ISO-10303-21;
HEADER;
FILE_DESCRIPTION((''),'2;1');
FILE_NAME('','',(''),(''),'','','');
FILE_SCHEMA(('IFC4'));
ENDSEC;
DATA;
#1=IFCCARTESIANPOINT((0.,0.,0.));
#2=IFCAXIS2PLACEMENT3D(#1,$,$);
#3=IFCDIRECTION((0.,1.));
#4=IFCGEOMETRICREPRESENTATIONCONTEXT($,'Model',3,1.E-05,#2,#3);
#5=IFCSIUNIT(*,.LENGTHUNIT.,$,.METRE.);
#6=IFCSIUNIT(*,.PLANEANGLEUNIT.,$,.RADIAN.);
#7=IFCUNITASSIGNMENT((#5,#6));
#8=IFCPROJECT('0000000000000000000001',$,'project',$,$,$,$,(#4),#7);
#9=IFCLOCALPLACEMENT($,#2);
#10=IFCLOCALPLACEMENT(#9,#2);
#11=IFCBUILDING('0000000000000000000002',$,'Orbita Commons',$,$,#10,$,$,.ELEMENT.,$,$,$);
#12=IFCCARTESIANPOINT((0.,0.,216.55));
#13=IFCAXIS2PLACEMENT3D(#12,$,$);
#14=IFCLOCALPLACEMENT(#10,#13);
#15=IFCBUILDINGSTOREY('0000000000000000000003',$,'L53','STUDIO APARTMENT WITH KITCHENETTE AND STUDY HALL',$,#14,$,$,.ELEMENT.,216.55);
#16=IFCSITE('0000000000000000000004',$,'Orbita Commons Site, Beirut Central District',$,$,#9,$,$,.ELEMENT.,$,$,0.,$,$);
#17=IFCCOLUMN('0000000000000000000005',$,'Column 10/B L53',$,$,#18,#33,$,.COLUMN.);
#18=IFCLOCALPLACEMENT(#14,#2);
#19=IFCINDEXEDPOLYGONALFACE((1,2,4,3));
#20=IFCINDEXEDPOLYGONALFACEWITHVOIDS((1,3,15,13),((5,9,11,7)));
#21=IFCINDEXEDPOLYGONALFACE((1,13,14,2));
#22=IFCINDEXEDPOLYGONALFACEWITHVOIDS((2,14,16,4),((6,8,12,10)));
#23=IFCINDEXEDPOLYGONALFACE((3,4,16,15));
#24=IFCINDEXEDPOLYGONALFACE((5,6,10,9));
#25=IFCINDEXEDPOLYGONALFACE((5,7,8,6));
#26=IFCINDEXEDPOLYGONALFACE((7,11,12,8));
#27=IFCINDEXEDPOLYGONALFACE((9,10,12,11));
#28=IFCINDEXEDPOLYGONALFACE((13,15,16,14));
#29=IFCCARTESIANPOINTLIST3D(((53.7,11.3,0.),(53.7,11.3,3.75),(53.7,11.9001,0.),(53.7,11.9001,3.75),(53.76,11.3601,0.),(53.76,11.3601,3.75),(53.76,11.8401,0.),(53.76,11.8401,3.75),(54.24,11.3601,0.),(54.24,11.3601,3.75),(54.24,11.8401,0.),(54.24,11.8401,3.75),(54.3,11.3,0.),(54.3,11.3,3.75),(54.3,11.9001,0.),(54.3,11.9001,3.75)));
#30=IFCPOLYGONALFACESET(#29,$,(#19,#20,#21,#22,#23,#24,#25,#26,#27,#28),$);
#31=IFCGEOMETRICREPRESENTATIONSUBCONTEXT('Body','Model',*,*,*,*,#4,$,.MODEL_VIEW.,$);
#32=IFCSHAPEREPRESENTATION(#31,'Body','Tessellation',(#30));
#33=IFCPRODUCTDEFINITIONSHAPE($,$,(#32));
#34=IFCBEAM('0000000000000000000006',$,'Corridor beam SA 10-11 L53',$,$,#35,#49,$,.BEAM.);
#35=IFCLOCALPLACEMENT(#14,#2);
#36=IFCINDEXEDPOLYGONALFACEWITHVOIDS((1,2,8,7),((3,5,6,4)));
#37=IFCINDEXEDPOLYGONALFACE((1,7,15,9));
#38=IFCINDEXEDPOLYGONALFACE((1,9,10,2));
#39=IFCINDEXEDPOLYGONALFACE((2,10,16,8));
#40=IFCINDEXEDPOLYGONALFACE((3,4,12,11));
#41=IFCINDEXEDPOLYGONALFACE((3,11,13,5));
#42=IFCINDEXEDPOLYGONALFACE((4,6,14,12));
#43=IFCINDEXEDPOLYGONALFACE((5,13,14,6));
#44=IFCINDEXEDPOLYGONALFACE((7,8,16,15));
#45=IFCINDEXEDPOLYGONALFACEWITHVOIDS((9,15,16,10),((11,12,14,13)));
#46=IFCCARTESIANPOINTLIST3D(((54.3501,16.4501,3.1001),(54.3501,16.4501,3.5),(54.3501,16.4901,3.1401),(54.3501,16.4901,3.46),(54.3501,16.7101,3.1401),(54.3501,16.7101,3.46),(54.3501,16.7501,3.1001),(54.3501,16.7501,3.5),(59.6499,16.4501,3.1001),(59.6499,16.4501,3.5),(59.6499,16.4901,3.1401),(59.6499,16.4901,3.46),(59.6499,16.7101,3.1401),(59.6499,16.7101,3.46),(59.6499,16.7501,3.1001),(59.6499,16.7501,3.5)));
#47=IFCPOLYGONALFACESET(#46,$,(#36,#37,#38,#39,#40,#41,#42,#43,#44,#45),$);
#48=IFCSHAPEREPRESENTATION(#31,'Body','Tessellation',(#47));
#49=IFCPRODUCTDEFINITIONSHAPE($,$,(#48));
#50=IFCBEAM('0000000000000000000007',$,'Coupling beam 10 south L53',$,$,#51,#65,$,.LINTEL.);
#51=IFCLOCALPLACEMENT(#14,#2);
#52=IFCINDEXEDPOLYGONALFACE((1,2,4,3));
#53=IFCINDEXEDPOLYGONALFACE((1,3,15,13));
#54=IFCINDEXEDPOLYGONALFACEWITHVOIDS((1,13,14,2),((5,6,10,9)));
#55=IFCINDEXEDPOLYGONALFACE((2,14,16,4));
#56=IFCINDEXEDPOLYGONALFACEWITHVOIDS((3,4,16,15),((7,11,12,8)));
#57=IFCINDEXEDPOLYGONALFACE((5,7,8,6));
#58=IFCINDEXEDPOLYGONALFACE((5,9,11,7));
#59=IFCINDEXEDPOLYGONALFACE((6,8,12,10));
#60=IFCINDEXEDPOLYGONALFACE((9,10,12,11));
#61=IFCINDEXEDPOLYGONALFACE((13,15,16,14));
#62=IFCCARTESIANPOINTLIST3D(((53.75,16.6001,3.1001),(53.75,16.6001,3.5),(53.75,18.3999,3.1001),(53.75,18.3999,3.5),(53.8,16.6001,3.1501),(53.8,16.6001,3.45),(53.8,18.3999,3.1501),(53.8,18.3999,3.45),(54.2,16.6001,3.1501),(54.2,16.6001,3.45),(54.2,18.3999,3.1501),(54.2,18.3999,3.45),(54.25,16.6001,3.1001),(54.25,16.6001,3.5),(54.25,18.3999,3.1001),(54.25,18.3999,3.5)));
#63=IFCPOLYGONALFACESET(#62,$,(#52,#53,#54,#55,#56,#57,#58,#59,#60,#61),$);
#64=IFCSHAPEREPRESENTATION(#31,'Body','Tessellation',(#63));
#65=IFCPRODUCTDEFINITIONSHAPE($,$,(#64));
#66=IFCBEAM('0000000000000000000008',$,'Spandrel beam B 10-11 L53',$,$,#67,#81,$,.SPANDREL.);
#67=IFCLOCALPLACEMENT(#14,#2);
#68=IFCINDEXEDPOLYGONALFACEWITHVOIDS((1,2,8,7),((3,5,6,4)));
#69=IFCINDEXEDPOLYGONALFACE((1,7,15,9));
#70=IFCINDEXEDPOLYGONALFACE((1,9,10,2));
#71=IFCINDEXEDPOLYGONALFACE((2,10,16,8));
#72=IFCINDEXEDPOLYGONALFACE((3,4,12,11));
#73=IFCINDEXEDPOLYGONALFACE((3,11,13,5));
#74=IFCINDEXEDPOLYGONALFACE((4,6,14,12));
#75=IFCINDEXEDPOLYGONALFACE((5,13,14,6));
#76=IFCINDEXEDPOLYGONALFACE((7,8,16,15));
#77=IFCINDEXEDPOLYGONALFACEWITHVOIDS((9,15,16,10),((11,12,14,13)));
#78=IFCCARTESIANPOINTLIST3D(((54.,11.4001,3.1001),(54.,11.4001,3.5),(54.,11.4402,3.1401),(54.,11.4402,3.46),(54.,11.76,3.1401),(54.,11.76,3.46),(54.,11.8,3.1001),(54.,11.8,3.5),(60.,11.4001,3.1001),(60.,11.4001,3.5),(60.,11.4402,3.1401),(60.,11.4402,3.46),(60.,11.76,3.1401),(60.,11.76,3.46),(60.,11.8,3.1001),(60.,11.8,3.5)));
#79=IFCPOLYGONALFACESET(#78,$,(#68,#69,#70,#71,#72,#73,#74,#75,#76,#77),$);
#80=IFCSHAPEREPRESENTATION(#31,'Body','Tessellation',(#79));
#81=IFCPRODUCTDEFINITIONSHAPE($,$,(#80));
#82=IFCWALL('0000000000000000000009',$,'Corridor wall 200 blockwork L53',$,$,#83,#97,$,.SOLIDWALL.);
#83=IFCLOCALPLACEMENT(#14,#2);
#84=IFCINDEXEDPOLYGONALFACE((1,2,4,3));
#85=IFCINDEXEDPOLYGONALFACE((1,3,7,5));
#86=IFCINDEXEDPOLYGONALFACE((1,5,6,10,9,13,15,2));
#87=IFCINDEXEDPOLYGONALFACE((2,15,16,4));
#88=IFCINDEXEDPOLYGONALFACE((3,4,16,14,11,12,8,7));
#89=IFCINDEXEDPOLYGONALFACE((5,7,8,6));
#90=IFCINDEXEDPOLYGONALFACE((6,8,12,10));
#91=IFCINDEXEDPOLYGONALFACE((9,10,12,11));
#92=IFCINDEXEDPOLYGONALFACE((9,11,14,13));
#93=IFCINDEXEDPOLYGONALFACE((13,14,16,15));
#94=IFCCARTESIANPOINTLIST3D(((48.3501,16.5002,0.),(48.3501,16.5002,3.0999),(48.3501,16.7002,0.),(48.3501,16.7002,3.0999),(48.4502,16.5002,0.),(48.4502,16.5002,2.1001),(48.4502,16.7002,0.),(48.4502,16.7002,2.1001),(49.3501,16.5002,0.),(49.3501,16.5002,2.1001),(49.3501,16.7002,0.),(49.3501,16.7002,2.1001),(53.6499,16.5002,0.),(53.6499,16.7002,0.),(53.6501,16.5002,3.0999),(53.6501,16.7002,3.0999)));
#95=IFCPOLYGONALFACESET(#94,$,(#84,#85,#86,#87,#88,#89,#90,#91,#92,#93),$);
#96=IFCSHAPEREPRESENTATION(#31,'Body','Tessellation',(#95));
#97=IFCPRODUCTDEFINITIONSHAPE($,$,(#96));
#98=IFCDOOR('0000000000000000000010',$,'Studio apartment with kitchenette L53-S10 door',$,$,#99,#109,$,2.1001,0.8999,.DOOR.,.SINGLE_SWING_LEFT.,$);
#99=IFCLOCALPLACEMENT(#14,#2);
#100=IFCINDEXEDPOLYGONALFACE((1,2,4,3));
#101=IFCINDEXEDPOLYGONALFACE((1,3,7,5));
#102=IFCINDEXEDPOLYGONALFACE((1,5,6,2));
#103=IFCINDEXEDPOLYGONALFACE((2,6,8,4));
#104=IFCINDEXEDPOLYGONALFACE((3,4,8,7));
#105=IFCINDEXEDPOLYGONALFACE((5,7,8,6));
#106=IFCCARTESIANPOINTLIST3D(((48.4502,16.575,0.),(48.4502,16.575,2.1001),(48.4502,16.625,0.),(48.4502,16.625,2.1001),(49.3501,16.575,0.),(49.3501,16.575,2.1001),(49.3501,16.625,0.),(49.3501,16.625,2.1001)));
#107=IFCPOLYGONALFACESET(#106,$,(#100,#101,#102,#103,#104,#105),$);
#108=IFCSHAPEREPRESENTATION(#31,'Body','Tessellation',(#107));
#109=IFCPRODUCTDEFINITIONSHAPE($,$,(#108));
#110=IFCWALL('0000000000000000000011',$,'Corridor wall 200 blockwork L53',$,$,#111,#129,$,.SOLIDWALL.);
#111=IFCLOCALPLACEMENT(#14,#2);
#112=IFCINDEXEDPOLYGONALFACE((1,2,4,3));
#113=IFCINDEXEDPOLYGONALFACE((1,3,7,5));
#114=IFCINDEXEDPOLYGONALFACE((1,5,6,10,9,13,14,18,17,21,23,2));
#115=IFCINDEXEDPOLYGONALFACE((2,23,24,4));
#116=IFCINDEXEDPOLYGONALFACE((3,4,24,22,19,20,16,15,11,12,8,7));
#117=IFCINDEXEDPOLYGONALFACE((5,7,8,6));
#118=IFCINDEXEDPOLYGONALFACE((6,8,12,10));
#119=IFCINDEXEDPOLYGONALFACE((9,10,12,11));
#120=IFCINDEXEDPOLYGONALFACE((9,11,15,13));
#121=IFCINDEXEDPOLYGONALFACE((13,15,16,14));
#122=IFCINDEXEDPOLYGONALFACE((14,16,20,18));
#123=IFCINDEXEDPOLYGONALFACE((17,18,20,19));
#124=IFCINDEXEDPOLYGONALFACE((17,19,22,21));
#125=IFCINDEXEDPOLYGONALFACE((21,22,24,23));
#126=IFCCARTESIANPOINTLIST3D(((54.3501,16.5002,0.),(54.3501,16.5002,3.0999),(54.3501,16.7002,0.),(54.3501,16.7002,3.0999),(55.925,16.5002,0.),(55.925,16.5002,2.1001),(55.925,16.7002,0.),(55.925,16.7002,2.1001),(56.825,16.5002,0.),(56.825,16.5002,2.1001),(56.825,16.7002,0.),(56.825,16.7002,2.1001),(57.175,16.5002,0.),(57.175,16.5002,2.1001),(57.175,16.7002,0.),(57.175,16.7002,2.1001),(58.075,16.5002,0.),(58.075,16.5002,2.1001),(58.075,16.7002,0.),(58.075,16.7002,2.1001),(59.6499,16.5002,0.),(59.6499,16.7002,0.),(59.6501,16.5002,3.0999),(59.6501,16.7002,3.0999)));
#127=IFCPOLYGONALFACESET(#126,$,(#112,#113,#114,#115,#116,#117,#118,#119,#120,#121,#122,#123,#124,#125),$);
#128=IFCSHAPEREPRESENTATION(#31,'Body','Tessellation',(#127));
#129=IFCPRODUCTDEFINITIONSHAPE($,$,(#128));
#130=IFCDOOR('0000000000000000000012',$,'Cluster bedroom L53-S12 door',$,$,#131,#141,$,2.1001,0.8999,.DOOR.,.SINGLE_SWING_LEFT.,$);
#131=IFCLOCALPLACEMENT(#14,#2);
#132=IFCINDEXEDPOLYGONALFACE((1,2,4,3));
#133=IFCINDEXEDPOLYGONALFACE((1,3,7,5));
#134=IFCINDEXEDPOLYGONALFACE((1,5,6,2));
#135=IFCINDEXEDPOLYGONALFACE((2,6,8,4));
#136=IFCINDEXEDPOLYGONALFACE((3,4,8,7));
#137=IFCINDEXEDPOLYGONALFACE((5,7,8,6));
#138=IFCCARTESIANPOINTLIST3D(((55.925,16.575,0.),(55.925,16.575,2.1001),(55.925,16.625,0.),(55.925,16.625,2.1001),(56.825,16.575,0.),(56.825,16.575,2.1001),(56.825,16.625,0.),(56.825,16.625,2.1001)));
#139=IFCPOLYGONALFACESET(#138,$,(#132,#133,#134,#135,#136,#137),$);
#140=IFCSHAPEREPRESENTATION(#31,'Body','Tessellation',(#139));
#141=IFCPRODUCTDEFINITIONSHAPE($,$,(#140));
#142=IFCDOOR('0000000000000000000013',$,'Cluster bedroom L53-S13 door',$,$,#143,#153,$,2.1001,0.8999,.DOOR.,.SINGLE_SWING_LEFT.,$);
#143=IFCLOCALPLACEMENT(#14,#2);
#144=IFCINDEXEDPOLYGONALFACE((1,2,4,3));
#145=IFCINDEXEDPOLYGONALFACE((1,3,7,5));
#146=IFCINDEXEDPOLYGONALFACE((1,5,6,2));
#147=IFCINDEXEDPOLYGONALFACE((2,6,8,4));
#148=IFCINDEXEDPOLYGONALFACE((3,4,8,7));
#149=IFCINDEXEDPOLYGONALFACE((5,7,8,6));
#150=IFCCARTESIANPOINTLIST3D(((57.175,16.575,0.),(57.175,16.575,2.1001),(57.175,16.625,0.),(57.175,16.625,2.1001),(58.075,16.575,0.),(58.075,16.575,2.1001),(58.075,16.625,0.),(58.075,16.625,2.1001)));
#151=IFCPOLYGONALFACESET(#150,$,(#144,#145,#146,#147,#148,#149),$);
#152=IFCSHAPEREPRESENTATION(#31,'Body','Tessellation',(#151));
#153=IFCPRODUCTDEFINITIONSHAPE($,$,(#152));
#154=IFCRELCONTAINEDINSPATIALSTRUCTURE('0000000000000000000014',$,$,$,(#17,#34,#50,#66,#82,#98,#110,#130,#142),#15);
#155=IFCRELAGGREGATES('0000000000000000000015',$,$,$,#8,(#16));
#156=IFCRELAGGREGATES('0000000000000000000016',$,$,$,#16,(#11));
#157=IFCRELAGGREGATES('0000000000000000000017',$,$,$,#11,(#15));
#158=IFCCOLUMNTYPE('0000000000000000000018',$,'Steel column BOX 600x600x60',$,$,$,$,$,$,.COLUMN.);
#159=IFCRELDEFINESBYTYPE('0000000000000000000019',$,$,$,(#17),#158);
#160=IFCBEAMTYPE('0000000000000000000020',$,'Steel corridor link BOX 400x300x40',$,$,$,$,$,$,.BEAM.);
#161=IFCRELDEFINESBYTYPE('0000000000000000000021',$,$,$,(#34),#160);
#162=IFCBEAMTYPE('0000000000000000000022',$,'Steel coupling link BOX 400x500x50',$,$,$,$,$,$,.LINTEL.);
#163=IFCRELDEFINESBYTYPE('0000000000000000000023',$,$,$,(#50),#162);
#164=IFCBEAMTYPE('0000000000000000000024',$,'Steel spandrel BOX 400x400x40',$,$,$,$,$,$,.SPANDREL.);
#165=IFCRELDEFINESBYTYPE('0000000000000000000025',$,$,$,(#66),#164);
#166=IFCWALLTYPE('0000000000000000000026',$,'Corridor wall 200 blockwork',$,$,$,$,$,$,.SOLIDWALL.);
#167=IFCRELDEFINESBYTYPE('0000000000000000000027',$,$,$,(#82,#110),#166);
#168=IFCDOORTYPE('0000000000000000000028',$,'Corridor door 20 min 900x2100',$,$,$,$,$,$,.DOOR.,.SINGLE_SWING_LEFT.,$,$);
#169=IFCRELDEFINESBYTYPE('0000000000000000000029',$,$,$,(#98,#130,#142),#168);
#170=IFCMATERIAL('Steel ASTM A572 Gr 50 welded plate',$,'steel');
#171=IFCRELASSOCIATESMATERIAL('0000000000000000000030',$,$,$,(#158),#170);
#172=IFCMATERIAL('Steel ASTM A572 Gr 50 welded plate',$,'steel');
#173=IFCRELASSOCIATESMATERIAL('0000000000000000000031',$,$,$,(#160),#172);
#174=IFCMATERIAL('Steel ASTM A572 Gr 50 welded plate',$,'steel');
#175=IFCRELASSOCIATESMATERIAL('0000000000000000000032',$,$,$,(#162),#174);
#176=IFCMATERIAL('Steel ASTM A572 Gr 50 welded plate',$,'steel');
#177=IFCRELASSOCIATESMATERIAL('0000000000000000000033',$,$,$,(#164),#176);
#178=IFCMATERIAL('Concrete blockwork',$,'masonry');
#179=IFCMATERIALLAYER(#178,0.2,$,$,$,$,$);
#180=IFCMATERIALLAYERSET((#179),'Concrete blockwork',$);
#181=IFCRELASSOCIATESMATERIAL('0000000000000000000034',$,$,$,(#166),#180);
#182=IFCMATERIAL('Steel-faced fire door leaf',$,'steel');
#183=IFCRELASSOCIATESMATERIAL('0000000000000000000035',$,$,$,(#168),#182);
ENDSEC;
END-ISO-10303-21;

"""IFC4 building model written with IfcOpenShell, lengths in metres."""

from ifc_helpers import new_model, si_unit, direction, frame, frame_2d, origin, origin_2d, place, context, subcontext, project, spatial, polyline, rectangle, hollow_rectangle, outline, extrude, material, layer, layer_set, material_profile, profile_set, type_object, element, fill, save


model = new_model("IFC4")

# Units and contexts
model_context = context("Model", 3, precision=1e-05, world=origin(), true_north=direction((0.0, 1.0)))
body_context = subcontext(model_context, "Body", "Model", "MODEL_VIEW")
ifc_project = project(units=[si_unit("LENGTHUNIT", "METRE"), si_unit("PLANEANGLEUNIT", "RADIAN")], contexts=[model_context])

# Site, building, storey
site_placement = place(None, origin())
site = spatial("IfcSite", under=ifc_project, at=site_placement, Name="Orbita Commons Site, Beirut Central District", CompositionType="ELEMENT", RefElevation=0.0)
building_placement = place(site_placement, origin())
building = spatial("IfcBuilding", under=site, at=building_placement, Name="Orbita Commons", CompositionType="ELEMENT")
storey_placement = place(building_placement, frame((0.0, 0.0, 216.55)))
storey = spatial("IfcBuildingStorey", under=building, at=storey_placement, Name="L53", Description="STUDIO APARTMENT WITH KITCHENETTE AND STUDY HALL", CompositionType="ELEMENT", Elevation=216.55)

# Column
ifc_material_1 = material(Name="Steel ASTM A572 Gr 50 welded plate", Category="steel")
ifc_material_profile_1 = material_profile(ifc_material_1, hollow_rectangle(XDim=0.6001, YDim=0.6001, WallThickness=0.0601, at=origin_2d()), Name="BOX 600x600x60")
ifc_profile_set_1 = profile_set([ifc_material_profile_1], Name="Steel ASTM A572 Gr 50 welded plate")
column_type = type_object("IfcColumnType", Name="Steel column BOX 600x600x60", PredefinedType="COLUMN", material=ifc_profile_set_1)
column_placement = place(storey_placement, frame((54.0, 11.6001, 0.0), z_axis=(0.0, 0.0, 1.0), x_axis=(1.0, 0.0, 0.0)))
element("IfcColumn", 1, at=column_placement, inside=storey, type_object=column_type, Name="Column 10/B L53", PredefinedType="COLUMN", context=body_context, shape_type="SweptSolid", body=[
    extrude(hollow_rectangle(XDim=0.6001, YDim=0.6001, WallThickness=0.0601, at=origin_2d()), origin(), (0.0, 0.0, 1.0), 3.75),
])

# Beams
ifc_material_2 = material(Name="Steel ASTM A572 Gr 50 welded plate", Category="steel")
ifc_material_profile_2 = material_profile(ifc_material_2, hollow_rectangle(XDim=0.3, YDim=0.3999, WallThickness=0.04, at=origin_2d()), Name="BOX 400x300x40")
ifc_profile_set_2 = profile_set([ifc_material_profile_2], Name="Steel ASTM A572 Gr 50 welded plate")
beam_type_1 = type_object("IfcBeamType", Name="Steel corridor link BOX 400x300x40", PredefinedType="BEAM", material=ifc_profile_set_2)
beam_1_placement = place(storey_placement, frame((54.3501, 16.6001, 3.3), z_axis=(1.0, 0.0, 0.0), x_axis=(0.0, 1.0, 0.0)))
element("IfcBeam", 2, at=beam_1_placement, inside=storey, type_object=beam_type_1, Name="Corridor beam SA 10-11 L53", PredefinedType="BEAM", context=body_context, shape_type="SweptSolid", body=[
    extrude(hollow_rectangle(XDim=0.3, YDim=0.3999, WallThickness=0.04, at=origin_2d()), origin(), (0.0, 0.0, 1.0), 5.2998),
])
ifc_material_3 = material(Name="Steel ASTM A572 Gr 50 welded plate", Category="steel")
ifc_material_profile_3 = material_profile(ifc_material_3, hollow_rectangle(XDim=0.5, YDim=0.3999, WallThickness=0.05, at=origin_2d()), Name="BOX 400x500x50")
ifc_profile_set_3 = profile_set([ifc_material_profile_3], Name="Steel ASTM A572 Gr 50 welded plate")
beam_type_2 = type_object("IfcBeamType", Name="Steel coupling link BOX 400x500x50", PredefinedType="LINTEL", material=ifc_profile_set_3)
beam_2_placement = place(storey_placement, frame((54.0, 16.6001, 3.3), z_axis=(0.0, 1.0, 0.0), x_axis=(-1.0, 0.0, 0.0)))
element("IfcBeam", 3, at=beam_2_placement, inside=storey, type_object=beam_type_2, Name="Coupling beam 10 south L53", PredefinedType="LINTEL", context=body_context, shape_type="SweptSolid", body=[
    extrude(hollow_rectangle(XDim=0.5, YDim=0.3999, WallThickness=0.05, at=origin_2d()), origin(), (0.0, 0.0, 1.0), 1.7998),
])
ifc_material_4 = material(Name="Steel ASTM A572 Gr 50 welded plate", Category="steel")
ifc_material_profile_4 = material_profile(ifc_material_4, hollow_rectangle(XDim=0.3999, YDim=0.3999, WallThickness=0.04, at=origin_2d()), Name="BOX 400x400x40")
ifc_profile_set_4 = profile_set([ifc_material_profile_4], Name="Steel ASTM A572 Gr 50 welded plate")
beam_type_3 = type_object("IfcBeamType", Name="Steel spandrel BOX 400x400x40", PredefinedType="SPANDREL", material=ifc_profile_set_4)
beam_3_placement = place(storey_placement, frame((54.0, 11.6001, 3.3), z_axis=(1.0, 0.0, 0.0), x_axis=(0.0, 1.0, 0.0)))
element("IfcBeam", 4, at=beam_3_placement, inside=storey, type_object=beam_type_3, Name="Spandrel beam B 10-11 L53", PredefinedType="SPANDREL", context=body_context, shape_type="SweptSolid", body=[
    extrude(hollow_rectangle(XDim=0.3999, YDim=0.3999, WallThickness=0.04, at=origin_2d()), origin(), (0.0, 0.0, 1.0), 6.0),
])

# Wall, opening, door
ifc_material_5 = material(Name="Concrete blockwork", Category="masonry")
ifc_layer_1 = layer(ifc_material_5, 0.2)
ifc_layer_set_1 = layer_set([ifc_layer_1], Name="Concrete blockwork")
wall_type_1 = type_object("IfcWallType", Name="Corridor wall 200 blockwork", PredefinedType="SOLIDWALL", material=ifc_layer_set_1)
wall_1_placement = place(storey_placement, frame((48.3501, 16.6001, 0.0), z_axis=(0.0, 0.0, 1.0), x_axis=(1.0, 0.0, 0.0)))
wall_1 = element("IfcWall", 5, at=wall_1_placement, inside=storey, type_object=wall_type_1, Name="Corridor wall 200 blockwork L53", PredefinedType="SOLIDWALL", context=body_context, shape_type="SweptSolid", body=[
    extrude(outline(polyline([(0.0, 0.0), (5.2998, 0.0), (5.3, 3.0999), (0.0, 3.0999), (0.0, 0.0)])), frame((0.0, 0.1001, 0.0), z_axis=(0.0, -1.0, 0.0), x_axis=(1.0, 0.0, 0.0)), (0.0, 0.0, 1.0), 0.2),
])
opening_1_placement = place(wall_1_placement, frame((0.1001, 0.0, 0.0)))
opening_1 = element("IfcOpeningElement", 6, at=opening_1_placement, cuts=wall_1, PredefinedType="OPENING", context=body_context, shape_type="SweptSolid", body=[
    extrude(rectangle(XDim=0.8999, YDim=2.1001, at=frame_2d((0.45, 1.05))), frame((0.0, 0.1099, 0.0), z_axis=(0.0, -1.0, 0.0), x_axis=(1.0, 0.0, 0.0)), (0.0, 0.0, 1.0), 0.22),
])
ifc_material_6 = material(Name="Steel-faced fire door leaf", Category="steel")
door_type_1 = type_object("IfcDoorType", Name="Corridor door 20 min 900x2100", OperationType="SINGLE_SWING_LEFT", PredefinedType="DOOR", material=ifc_material_6)
door_1_placement = place(opening_1_placement, origin())
door_1 = element("IfcDoor", 7, at=door_1_placement, inside=storey, type_object=door_type_1, Name="Studio apartment with kitchenette L53-S10 door", OperationType="SINGLE_SWING_LEFT", OverallHeight=2.1001, OverallWidth=0.8999, PredefinedType="DOOR", context=body_context, shape_type="SweptSolid", body=[
    extrude(rectangle(XDim=0.8999, YDim=2.1001, at=frame_2d((0.45, 1.05))), frame((0.0, 0.0249, 0.0), z_axis=(0.0, -1.0, 0.0), x_axis=(1.0, 0.0, 0.0)), (0.0, 0.0, 1.0), 0.05),
])
fill(opening_1, door_1)

# Wall, openings, doors
wall_2_placement = place(storey_placement, frame((54.3501, 16.6001, 0.0), z_axis=(0.0, 0.0, 1.0), x_axis=(1.0, 0.0, 0.0)))
wall_2 = element("IfcWall", 8, at=wall_2_placement, inside=storey, type_object=wall_type_1, Name="Corridor wall 200 blockwork L53", PredefinedType="SOLIDWALL", context=body_context, shape_type="SweptSolid", body=[
    extrude(outline(polyline([(0.0, 0.0), (5.2998, 0.0), (5.3, 3.0999), (0.0, 3.0999), (0.0, 0.0)])), frame((0.0, 0.1001, 0.0), z_axis=(0.0, -1.0, 0.0), x_axis=(1.0, 0.0, 0.0)), (0.0, 0.0, 1.0), 0.2),
])
opening_2_placement = place(wall_2_placement, frame((1.575, 0.0, 0.0)))
opening_2 = element("IfcOpeningElement", 9, at=opening_2_placement, cuts=wall_2, PredefinedType="OPENING", context=body_context, shape_type="SweptSolid", body=[
    extrude(rectangle(XDim=0.8999, YDim=2.1001, at=frame_2d((0.45, 1.05))), frame((0.0, 0.1099, 0.0), z_axis=(0.0, -1.0, 0.0), x_axis=(1.0, 0.0, 0.0)), (0.0, 0.0, 1.0), 0.22),
])
opening_3_placement = place(wall_2_placement, frame((2.825, 0.0, 0.0)))
opening_3 = element("IfcOpeningElement", 10, at=opening_3_placement, cuts=wall_2, PredefinedType="OPENING", context=body_context, shape_type="SweptSolid", body=[
    extrude(rectangle(XDim=0.8999, YDim=2.1001, at=frame_2d((0.45, 1.05))), frame((0.0, 0.1099, 0.0), z_axis=(0.0, -1.0, 0.0), x_axis=(1.0, 0.0, 0.0)), (0.0, 0.0, 1.0), 0.22),
])
door_2_placement = place(opening_2_placement, origin())
door_2 = element("IfcDoor", 11, at=door_2_placement, inside=storey, type_object=door_type_1, Name="Cluster bedroom L53-S12 door", OperationType="SINGLE_SWING_LEFT", OverallHeight=2.1001, OverallWidth=0.8999, PredefinedType="DOOR", context=body_context, shape_type="SweptSolid", body=[
    extrude(rectangle(XDim=0.8999, YDim=2.1001, at=frame_2d((0.45, 1.05))), frame((0.0, 0.0249, 0.0), z_axis=(0.0, -1.0, 0.0), x_axis=(1.0, 0.0, 0.0)), (0.0, 0.0, 1.0), 0.05),
])
fill(opening_2, door_2)
door_3_placement = place(opening_3_placement, origin())
door_3 = element("IfcDoor", 12, at=door_3_placement, inside=storey, type_object=door_type_1, Name="Cluster bedroom L53-S13 door", OperationType="SINGLE_SWING_LEFT", OverallHeight=2.1001, OverallWidth=0.8999, PredefinedType="DOOR", context=body_context, shape_type="SweptSolid", body=[
    extrude(rectangle(XDim=0.8999, YDim=2.1001, at=frame_2d((0.45, 1.05))), frame((0.0, 0.0249, 0.0), z_axis=(0.0, -1.0, 0.0), x_axis=(1.0, 0.0, 0.0)), (0.0, 0.0, 1.0), 0.05),
])
fill(opening_3, door_3)

save(model, "model.ifc")
